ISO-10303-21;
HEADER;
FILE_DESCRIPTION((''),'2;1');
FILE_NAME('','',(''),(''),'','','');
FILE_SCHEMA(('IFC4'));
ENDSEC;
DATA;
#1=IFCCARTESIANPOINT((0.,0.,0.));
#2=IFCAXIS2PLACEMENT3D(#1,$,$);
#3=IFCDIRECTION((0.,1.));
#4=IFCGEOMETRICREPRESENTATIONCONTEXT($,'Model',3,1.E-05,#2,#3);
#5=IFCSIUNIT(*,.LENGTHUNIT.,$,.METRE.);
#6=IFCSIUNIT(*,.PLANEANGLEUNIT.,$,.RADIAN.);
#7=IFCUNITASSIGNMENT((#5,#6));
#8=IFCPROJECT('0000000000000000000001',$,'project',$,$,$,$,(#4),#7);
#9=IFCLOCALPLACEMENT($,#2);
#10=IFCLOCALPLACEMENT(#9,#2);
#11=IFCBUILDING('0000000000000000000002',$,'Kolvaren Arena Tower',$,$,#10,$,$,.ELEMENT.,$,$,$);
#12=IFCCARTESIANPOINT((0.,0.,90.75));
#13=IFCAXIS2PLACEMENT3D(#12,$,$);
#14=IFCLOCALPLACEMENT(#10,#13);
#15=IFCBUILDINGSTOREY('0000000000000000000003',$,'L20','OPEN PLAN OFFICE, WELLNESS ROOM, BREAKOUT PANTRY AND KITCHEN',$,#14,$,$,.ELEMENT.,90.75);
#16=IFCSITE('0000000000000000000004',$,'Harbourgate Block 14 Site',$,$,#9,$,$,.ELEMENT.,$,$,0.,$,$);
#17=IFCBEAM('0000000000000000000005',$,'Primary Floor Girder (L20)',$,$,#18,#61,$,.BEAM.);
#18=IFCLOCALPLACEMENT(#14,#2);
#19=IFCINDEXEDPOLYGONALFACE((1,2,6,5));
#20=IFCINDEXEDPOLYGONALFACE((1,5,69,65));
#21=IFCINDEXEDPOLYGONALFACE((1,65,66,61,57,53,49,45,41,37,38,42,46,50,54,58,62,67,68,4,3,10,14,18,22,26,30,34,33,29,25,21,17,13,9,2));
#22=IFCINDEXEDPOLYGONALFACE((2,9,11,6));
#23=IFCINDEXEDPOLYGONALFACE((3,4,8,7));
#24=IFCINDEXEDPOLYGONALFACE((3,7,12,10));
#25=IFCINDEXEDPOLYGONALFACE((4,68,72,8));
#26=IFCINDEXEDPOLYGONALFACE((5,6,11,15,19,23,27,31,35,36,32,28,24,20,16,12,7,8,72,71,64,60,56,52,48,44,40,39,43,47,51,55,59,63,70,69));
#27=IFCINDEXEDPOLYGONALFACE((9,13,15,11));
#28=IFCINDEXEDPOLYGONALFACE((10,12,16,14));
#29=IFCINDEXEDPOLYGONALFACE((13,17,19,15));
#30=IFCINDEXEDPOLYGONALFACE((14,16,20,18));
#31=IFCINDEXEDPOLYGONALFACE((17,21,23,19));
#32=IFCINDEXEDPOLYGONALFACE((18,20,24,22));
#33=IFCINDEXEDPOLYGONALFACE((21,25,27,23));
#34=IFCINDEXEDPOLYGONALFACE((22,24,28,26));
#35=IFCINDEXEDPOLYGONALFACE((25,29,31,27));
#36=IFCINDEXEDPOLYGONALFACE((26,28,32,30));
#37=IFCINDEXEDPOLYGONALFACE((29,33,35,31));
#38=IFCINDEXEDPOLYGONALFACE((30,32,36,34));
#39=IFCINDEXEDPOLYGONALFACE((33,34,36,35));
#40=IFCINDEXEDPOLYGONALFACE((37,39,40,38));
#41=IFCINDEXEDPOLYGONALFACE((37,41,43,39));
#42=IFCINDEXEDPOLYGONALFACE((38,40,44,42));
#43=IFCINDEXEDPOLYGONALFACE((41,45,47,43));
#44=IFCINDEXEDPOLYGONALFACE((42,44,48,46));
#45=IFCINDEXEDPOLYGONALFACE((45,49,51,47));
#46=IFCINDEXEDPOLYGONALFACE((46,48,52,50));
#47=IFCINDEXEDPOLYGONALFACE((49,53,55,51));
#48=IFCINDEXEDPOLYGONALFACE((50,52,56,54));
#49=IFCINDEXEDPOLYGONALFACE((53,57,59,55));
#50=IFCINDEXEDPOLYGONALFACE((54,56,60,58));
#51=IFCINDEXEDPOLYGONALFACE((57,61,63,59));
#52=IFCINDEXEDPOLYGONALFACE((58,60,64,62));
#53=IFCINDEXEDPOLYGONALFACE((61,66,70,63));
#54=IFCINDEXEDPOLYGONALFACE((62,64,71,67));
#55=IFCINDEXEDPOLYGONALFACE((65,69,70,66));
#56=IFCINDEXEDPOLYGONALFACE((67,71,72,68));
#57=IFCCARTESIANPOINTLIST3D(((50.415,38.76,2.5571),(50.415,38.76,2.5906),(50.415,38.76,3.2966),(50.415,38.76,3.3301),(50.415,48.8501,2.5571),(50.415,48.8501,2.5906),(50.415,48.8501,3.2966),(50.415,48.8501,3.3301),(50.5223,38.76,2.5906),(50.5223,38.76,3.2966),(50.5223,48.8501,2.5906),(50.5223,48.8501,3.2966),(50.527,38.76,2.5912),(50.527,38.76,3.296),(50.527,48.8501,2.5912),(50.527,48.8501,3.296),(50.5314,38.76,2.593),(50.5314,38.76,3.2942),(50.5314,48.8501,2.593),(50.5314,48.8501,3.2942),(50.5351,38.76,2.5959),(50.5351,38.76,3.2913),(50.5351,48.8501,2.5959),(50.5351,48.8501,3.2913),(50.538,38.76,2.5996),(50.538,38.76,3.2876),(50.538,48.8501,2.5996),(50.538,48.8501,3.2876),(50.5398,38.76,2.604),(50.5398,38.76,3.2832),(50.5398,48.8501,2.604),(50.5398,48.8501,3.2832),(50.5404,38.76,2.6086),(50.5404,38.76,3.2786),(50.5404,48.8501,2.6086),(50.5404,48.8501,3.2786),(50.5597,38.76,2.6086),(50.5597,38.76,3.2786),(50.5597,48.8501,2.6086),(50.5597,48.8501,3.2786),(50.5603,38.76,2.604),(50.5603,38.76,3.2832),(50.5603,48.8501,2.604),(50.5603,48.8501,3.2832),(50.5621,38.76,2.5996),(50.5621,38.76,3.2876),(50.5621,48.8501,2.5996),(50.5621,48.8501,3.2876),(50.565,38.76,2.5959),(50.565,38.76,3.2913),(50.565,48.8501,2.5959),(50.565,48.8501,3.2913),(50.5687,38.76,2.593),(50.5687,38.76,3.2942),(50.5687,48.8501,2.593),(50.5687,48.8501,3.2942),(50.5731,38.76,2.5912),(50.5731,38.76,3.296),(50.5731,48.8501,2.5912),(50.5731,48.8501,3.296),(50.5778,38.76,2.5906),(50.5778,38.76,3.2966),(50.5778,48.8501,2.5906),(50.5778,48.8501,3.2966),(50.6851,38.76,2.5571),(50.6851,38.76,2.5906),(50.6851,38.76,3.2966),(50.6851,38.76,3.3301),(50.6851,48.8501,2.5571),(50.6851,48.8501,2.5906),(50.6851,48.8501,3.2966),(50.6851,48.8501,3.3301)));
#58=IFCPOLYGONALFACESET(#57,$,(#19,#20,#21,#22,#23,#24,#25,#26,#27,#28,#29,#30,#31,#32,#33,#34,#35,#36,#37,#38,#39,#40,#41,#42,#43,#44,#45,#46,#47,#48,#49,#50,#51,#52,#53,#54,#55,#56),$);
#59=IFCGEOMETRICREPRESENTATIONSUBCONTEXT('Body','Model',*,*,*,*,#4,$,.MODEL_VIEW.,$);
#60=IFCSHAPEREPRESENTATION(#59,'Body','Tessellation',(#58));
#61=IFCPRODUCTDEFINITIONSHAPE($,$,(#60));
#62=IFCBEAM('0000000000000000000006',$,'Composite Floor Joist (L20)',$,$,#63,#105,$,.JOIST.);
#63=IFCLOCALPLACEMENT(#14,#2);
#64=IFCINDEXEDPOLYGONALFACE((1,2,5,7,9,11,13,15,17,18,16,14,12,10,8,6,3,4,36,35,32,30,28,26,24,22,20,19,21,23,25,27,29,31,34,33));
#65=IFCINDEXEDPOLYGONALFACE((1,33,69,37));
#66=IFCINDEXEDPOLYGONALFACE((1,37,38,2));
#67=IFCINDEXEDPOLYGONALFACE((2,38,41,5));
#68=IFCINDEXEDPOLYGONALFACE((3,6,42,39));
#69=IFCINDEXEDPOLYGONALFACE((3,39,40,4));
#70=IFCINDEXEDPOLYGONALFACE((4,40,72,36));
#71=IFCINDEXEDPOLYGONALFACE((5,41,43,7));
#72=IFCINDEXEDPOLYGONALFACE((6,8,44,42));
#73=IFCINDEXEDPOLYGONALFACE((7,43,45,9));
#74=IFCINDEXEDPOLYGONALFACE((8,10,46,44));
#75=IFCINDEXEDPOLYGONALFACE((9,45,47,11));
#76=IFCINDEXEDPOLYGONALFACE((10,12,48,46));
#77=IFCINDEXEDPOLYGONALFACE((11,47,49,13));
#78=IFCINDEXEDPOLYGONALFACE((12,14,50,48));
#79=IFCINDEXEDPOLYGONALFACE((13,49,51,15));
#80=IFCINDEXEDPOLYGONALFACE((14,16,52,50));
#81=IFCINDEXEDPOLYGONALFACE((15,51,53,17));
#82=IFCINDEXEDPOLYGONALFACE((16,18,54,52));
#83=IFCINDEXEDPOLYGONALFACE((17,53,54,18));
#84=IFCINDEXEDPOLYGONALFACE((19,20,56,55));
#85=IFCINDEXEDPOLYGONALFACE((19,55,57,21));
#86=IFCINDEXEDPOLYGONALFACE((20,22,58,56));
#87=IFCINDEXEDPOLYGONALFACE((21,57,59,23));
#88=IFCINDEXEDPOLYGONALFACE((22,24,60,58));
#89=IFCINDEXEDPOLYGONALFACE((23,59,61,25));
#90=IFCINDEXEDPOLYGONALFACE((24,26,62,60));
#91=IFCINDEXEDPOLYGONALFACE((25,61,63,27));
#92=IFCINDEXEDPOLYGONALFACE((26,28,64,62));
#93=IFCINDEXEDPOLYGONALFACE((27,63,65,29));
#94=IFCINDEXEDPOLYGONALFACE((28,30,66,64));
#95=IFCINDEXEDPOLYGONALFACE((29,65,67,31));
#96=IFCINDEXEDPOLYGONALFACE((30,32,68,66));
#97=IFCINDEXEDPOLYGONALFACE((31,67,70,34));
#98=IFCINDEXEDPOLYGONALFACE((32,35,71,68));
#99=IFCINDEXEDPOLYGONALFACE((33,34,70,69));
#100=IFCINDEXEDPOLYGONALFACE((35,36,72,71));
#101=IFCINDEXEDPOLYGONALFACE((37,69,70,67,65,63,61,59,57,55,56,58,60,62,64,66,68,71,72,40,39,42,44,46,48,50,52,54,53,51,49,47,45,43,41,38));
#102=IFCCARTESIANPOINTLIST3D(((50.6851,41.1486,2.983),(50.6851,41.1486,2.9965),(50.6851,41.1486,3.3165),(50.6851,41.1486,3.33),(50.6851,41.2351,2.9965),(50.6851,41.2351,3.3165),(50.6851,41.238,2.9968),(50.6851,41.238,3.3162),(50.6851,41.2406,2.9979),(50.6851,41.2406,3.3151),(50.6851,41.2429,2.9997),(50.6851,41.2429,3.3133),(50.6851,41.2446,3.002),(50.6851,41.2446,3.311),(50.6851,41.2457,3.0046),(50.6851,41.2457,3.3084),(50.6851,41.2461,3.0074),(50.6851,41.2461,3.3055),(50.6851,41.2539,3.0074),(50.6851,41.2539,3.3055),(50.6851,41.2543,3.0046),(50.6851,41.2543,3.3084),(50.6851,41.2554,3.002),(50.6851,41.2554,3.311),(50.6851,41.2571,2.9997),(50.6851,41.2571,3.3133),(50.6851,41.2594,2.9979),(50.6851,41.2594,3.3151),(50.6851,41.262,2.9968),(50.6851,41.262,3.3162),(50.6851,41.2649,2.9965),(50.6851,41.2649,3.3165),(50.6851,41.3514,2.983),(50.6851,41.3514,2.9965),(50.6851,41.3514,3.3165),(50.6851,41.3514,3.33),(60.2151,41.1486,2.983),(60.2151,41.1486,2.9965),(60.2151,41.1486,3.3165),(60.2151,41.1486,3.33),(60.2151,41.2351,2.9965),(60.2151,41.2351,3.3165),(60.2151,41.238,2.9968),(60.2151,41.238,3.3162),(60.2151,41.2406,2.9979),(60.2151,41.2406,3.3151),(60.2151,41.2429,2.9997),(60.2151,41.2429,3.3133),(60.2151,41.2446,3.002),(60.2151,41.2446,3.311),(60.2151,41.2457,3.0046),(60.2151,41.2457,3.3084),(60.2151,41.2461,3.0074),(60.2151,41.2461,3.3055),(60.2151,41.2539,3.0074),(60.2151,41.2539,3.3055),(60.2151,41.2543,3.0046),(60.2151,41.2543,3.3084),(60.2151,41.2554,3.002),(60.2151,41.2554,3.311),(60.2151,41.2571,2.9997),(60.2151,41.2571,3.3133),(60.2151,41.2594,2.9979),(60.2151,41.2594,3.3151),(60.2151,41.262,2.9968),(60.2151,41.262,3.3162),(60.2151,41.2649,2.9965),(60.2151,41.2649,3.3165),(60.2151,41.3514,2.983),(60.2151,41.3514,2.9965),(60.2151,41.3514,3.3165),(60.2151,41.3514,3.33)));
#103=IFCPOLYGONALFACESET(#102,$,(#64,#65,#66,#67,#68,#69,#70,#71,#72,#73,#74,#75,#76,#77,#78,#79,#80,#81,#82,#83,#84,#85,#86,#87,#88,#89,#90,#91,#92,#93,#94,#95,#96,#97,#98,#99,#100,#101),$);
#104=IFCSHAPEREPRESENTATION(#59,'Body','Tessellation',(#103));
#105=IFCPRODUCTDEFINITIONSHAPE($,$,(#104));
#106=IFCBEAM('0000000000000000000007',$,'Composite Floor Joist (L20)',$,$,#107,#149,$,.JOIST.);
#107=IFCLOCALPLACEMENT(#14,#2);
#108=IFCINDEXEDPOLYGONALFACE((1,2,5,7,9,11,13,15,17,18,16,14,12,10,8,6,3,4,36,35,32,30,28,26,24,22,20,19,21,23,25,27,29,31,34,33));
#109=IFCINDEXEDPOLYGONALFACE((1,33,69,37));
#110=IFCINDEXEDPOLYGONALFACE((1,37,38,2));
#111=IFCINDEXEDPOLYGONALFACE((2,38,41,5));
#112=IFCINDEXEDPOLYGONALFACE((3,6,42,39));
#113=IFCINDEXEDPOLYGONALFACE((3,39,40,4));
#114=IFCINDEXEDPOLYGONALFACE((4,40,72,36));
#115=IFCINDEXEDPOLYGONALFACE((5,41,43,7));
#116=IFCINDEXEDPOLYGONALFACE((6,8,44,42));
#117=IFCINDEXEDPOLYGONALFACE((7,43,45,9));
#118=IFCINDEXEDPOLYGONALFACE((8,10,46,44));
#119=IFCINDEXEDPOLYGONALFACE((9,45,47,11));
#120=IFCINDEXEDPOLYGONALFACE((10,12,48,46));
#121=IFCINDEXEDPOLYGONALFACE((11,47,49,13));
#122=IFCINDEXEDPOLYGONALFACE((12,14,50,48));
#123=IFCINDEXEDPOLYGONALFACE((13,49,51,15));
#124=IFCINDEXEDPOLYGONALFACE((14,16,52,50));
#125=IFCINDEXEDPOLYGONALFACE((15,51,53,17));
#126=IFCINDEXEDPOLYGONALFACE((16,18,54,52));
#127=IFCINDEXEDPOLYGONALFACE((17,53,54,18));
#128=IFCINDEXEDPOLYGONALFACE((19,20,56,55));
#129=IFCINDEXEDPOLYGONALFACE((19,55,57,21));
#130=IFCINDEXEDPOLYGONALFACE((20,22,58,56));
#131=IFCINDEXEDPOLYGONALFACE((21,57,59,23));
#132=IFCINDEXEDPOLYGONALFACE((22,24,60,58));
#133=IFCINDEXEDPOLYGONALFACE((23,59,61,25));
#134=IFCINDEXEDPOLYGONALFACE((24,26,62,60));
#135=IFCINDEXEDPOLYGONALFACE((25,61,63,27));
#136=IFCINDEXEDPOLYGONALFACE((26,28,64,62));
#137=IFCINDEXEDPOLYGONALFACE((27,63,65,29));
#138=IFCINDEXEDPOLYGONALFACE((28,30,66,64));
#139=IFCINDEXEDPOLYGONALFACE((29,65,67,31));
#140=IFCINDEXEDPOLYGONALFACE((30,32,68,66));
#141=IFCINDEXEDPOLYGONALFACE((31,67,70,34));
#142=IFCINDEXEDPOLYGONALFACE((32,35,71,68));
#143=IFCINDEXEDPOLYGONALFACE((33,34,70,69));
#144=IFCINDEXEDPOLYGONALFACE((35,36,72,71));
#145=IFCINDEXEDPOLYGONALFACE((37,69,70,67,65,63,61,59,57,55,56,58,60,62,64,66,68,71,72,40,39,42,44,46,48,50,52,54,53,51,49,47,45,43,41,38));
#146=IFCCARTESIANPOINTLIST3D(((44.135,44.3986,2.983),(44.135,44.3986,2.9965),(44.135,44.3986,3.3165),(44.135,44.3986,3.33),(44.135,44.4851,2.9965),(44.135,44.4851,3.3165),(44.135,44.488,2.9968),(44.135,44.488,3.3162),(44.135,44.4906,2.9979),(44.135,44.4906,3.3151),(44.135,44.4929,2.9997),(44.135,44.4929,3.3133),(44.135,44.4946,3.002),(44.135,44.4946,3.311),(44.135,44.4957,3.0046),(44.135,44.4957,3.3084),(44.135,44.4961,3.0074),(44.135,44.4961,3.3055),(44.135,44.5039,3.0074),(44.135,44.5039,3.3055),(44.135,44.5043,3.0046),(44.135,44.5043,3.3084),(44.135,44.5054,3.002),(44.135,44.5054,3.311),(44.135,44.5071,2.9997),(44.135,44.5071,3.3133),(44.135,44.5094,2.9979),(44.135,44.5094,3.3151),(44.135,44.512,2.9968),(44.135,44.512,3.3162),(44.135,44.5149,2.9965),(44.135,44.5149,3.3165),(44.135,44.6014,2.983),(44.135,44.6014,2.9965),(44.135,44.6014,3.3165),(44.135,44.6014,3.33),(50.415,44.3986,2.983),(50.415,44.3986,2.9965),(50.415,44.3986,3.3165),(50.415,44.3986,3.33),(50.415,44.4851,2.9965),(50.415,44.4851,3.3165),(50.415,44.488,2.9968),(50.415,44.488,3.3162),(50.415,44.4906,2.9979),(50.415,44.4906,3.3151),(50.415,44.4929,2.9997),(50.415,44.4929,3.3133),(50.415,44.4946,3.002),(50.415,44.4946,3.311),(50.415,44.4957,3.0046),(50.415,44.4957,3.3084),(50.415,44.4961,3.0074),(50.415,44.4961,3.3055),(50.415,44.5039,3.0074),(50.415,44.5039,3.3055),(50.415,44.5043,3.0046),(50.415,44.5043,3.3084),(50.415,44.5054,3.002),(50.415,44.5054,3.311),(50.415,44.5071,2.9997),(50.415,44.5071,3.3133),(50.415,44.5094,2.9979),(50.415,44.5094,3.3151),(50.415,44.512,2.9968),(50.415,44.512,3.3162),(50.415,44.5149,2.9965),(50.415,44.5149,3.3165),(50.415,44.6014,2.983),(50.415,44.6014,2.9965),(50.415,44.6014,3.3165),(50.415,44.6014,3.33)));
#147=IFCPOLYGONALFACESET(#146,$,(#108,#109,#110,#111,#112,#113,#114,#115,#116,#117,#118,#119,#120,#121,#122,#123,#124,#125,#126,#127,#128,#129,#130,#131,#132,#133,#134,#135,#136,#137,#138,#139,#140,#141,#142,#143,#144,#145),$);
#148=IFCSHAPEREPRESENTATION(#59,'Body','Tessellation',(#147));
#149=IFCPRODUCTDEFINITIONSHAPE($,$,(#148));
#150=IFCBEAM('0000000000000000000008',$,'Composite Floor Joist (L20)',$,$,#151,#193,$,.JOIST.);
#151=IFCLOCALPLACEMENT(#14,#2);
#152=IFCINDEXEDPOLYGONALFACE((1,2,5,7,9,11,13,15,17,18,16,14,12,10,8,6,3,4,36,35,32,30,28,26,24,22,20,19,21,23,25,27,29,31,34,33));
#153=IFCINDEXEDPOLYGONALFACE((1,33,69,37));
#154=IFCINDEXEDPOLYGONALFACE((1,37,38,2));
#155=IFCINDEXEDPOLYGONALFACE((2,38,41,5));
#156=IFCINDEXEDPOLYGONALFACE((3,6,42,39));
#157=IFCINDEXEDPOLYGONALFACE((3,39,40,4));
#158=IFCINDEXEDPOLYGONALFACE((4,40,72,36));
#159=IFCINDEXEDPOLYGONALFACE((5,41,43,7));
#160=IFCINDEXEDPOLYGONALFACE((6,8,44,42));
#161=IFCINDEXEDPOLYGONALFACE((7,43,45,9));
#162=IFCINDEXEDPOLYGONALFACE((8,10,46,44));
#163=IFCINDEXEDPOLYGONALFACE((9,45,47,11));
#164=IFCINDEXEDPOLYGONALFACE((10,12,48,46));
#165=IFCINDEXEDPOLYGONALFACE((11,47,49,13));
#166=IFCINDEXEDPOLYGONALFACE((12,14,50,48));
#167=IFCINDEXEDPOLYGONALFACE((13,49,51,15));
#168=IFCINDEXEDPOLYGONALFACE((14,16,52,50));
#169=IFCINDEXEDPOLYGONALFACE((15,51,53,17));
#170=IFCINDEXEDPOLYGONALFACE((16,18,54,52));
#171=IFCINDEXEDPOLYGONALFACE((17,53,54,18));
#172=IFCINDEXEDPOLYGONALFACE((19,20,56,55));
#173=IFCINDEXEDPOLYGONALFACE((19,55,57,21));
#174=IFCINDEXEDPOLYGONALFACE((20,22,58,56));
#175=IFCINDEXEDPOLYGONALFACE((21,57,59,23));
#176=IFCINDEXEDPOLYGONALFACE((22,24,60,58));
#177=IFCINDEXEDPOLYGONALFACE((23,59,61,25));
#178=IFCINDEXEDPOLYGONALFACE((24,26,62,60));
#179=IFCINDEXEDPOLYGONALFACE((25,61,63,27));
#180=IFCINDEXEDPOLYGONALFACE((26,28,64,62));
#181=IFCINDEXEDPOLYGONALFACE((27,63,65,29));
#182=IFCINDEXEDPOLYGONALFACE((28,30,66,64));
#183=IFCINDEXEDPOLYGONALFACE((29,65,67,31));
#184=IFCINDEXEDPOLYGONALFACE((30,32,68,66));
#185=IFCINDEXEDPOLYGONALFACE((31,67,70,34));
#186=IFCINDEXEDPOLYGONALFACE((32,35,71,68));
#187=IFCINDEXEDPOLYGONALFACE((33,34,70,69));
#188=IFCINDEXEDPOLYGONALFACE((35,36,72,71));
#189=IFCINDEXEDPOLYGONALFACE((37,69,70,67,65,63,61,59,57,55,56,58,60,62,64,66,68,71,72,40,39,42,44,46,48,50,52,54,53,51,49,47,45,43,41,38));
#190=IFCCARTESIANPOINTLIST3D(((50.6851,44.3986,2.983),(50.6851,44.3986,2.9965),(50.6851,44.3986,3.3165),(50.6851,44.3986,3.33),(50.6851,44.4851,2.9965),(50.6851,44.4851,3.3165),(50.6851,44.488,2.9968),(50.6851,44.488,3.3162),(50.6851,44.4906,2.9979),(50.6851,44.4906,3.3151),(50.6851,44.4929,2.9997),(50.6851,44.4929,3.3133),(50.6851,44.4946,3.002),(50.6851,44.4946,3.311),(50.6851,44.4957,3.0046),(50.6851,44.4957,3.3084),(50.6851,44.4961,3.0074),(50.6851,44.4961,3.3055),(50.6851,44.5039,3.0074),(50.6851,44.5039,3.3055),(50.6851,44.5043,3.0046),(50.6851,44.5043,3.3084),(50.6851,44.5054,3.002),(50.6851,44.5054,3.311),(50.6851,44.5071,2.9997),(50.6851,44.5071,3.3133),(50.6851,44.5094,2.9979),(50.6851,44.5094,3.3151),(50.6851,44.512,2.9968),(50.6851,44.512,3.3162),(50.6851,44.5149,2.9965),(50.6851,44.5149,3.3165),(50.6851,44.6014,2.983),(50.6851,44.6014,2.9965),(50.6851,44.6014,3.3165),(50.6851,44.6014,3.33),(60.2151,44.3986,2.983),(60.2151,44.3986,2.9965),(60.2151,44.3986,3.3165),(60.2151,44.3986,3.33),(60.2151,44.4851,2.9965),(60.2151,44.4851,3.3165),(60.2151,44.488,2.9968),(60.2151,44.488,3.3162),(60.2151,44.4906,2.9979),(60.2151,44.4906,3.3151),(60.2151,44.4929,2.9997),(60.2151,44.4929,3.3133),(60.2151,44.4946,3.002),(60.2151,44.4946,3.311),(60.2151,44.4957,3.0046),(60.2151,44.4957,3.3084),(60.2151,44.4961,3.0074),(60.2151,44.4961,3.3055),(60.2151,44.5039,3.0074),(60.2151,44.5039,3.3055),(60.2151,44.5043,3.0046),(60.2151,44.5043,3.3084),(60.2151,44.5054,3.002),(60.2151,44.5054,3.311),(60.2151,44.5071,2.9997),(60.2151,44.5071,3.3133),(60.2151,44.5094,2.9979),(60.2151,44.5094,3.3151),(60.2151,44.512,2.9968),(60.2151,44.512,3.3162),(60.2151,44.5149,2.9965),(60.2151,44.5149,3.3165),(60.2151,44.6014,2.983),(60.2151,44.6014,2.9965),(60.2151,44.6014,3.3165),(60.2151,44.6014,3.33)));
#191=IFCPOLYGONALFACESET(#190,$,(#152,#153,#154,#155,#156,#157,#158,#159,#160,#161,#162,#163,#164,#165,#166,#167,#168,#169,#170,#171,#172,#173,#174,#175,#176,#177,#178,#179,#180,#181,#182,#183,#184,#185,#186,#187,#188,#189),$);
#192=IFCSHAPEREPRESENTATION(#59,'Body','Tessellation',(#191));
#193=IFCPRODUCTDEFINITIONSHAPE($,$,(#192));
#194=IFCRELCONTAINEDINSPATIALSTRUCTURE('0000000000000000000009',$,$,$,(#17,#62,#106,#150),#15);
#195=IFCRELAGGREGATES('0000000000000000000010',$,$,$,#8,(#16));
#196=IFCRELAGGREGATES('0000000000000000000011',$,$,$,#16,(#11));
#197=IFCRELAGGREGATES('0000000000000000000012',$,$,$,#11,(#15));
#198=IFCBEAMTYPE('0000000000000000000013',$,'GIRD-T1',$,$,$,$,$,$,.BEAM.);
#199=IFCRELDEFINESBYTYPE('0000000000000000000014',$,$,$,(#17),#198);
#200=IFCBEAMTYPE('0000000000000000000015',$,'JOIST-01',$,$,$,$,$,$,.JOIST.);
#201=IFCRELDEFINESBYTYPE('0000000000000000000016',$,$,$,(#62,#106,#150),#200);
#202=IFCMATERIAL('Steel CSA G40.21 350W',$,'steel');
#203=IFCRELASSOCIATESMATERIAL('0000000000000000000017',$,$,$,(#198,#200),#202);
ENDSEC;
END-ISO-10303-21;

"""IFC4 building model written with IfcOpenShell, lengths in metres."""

from ifc_helpers import new_model, si_unit, direction, frame, origin, origin_2d, place, context, subcontext, project, spatial, i_section, extrude, material, material_profile, profile_set, type_object, element, save


model = new_model("IFC4")

# Units and contexts
model_context = context("Model", 3, precision=1e-05, world=origin(), true_north=direction((0.0, 1.0)))
body_context = subcontext(model_context, "Body", "Model", "MODEL_VIEW")
ifc_project = project(units=[si_unit("LENGTHUNIT", "METRE"), si_unit("PLANEANGLEUNIT", "RADIAN")], contexts=[model_context])

# Site, building, storey
site_placement = place(None, origin())
site = spatial("IfcSite", under=ifc_project, at=site_placement, Name="Harbourgate Block 14 Site", CompositionType="ELEMENT", RefElevation=0.0)
building_placement = place(site_placement, origin())
building = spatial("IfcBuilding", under=site, at=building_placement, Name="Kolvaren Arena Tower", CompositionType="ELEMENT")
storey_placement = place(building_placement, frame((0.0, 0.0, 90.75)))
storey = spatial("IfcBuildingStorey", under=building, at=storey_placement, Name="L20", Description="OPEN PLAN OFFICE, WELLNESS ROOM, BREAKOUT PANTRY AND KITCHEN", CompositionType="ELEMENT", Elevation=90.75)

# Beams
ifc_material_1 = material(Name="Steel CSA G40.21 350W", Category="steel")
ifc_material_profile_1 = material_profile(ifc_material_1, i_section(OverallWidth=0.27, OverallDepth=0.7729, WebThickness=0.0193, FlangeThickness=0.0334, FilletRadius=0.0181, at=origin_2d()), Name="W760x257")
ifc_profile_set_1 = profile_set([ifc_material_profile_1], Name="Steel CSA G40.21 350W")
beam_type_1 = type_object("IfcBeamType", Name="GIRD-T1", PredefinedType="BEAM", material=ifc_profile_set_1)
beam_1_placement = place(storey_placement, frame((50.55, 38.76, 2.9436), z_axis=(0.0, 1.0, 0.0), x_axis=(-1.0, 0.0, 0.0)))
element("IfcBeam", 1, at=beam_1_placement, inside=storey, type_object=beam_type_1, Name="Primary Floor Girder (L20)", PredefinedType="BEAM", context=body_context, shape_type="SweptSolid", body=[
    extrude(i_section(OverallWidth=0.27, OverallDepth=0.7729, WebThickness=0.0193, FlangeThickness=0.0334, FilletRadius=0.0181, at=origin_2d()), origin(), (0.0, 0.0, 1.0), 10.0901),
])
ifc_material_profile_2 = material_profile(ifc_material_1, i_section(OverallWidth=0.2029, OverallDepth=0.3469, WebThickness=0.0078, FlangeThickness=0.0134, FilletRadius=0.011, at=origin_2d()), Name="W360x64")
ifc_profile_set_2 = profile_set([ifc_material_profile_2], Name="Steel CSA G40.21 350W")
beam_type_2 = type_object("IfcBeamType", Name="JOIST-01", PredefinedType="JOIST", material=ifc_profile_set_2)
beam_2_placement = place(storey_placement, frame((50.6851, 41.25, 3.1565), z_axis=(1.0, 0.0, 0.0), x_axis=(0.0, 1.0, 0.0)))
element("IfcBeam", 2, at=beam_2_placement, inside=storey, type_object=beam_type_2, Name="Composite Floor Joist (L20)", PredefinedType="JOIST", context=body_context, shape_type="SweptSolid", body=[
    extrude(i_section(OverallWidth=0.2029, OverallDepth=0.3469, WebThickness=0.0078, FlangeThickness=0.0134, FilletRadius=0.011, at=origin_2d()), origin(), (0.0, 0.0, 1.0), 9.53),
])
beam_3_placement = place(storey_placement, frame((44.135, 44.5, 3.1565), z_axis=(1.0, 0.0, 0.0), x_axis=(0.0, 1.0, 0.0)))
element("IfcBeam", 3, at=beam_3_placement, inside=storey, type_object=beam_type_2, Name="Composite Floor Joist (L20)", PredefinedType="JOIST", context=body_context, shape_type="SweptSolid", body=[
    extrude(i_section(OverallWidth=0.2029, OverallDepth=0.3469, WebThickness=0.0078, FlangeThickness=0.0134, FilletRadius=0.011, at=origin_2d()), origin(), (0.0, 0.0, 1.0), 6.28),
])
beam_4_placement = place(storey_placement, frame((50.6851, 44.5, 3.1565), z_axis=(1.0, 0.0, 0.0), x_axis=(0.0, 1.0, 0.0)))
element("IfcBeam", 4, at=beam_4_placement, inside=storey, type_object=beam_type_2, Name="Composite Floor Joist (L20)", PredefinedType="JOIST", context=body_context, shape_type="SweptSolid", body=[
    extrude(i_section(OverallWidth=0.2029, OverallDepth=0.3469, WebThickness=0.0078, FlangeThickness=0.0134, FilletRadius=0.011, at=origin_2d()), origin(), (0.0, 0.0, 1.0), 9.53),
])

save(model, "model.ifc")
